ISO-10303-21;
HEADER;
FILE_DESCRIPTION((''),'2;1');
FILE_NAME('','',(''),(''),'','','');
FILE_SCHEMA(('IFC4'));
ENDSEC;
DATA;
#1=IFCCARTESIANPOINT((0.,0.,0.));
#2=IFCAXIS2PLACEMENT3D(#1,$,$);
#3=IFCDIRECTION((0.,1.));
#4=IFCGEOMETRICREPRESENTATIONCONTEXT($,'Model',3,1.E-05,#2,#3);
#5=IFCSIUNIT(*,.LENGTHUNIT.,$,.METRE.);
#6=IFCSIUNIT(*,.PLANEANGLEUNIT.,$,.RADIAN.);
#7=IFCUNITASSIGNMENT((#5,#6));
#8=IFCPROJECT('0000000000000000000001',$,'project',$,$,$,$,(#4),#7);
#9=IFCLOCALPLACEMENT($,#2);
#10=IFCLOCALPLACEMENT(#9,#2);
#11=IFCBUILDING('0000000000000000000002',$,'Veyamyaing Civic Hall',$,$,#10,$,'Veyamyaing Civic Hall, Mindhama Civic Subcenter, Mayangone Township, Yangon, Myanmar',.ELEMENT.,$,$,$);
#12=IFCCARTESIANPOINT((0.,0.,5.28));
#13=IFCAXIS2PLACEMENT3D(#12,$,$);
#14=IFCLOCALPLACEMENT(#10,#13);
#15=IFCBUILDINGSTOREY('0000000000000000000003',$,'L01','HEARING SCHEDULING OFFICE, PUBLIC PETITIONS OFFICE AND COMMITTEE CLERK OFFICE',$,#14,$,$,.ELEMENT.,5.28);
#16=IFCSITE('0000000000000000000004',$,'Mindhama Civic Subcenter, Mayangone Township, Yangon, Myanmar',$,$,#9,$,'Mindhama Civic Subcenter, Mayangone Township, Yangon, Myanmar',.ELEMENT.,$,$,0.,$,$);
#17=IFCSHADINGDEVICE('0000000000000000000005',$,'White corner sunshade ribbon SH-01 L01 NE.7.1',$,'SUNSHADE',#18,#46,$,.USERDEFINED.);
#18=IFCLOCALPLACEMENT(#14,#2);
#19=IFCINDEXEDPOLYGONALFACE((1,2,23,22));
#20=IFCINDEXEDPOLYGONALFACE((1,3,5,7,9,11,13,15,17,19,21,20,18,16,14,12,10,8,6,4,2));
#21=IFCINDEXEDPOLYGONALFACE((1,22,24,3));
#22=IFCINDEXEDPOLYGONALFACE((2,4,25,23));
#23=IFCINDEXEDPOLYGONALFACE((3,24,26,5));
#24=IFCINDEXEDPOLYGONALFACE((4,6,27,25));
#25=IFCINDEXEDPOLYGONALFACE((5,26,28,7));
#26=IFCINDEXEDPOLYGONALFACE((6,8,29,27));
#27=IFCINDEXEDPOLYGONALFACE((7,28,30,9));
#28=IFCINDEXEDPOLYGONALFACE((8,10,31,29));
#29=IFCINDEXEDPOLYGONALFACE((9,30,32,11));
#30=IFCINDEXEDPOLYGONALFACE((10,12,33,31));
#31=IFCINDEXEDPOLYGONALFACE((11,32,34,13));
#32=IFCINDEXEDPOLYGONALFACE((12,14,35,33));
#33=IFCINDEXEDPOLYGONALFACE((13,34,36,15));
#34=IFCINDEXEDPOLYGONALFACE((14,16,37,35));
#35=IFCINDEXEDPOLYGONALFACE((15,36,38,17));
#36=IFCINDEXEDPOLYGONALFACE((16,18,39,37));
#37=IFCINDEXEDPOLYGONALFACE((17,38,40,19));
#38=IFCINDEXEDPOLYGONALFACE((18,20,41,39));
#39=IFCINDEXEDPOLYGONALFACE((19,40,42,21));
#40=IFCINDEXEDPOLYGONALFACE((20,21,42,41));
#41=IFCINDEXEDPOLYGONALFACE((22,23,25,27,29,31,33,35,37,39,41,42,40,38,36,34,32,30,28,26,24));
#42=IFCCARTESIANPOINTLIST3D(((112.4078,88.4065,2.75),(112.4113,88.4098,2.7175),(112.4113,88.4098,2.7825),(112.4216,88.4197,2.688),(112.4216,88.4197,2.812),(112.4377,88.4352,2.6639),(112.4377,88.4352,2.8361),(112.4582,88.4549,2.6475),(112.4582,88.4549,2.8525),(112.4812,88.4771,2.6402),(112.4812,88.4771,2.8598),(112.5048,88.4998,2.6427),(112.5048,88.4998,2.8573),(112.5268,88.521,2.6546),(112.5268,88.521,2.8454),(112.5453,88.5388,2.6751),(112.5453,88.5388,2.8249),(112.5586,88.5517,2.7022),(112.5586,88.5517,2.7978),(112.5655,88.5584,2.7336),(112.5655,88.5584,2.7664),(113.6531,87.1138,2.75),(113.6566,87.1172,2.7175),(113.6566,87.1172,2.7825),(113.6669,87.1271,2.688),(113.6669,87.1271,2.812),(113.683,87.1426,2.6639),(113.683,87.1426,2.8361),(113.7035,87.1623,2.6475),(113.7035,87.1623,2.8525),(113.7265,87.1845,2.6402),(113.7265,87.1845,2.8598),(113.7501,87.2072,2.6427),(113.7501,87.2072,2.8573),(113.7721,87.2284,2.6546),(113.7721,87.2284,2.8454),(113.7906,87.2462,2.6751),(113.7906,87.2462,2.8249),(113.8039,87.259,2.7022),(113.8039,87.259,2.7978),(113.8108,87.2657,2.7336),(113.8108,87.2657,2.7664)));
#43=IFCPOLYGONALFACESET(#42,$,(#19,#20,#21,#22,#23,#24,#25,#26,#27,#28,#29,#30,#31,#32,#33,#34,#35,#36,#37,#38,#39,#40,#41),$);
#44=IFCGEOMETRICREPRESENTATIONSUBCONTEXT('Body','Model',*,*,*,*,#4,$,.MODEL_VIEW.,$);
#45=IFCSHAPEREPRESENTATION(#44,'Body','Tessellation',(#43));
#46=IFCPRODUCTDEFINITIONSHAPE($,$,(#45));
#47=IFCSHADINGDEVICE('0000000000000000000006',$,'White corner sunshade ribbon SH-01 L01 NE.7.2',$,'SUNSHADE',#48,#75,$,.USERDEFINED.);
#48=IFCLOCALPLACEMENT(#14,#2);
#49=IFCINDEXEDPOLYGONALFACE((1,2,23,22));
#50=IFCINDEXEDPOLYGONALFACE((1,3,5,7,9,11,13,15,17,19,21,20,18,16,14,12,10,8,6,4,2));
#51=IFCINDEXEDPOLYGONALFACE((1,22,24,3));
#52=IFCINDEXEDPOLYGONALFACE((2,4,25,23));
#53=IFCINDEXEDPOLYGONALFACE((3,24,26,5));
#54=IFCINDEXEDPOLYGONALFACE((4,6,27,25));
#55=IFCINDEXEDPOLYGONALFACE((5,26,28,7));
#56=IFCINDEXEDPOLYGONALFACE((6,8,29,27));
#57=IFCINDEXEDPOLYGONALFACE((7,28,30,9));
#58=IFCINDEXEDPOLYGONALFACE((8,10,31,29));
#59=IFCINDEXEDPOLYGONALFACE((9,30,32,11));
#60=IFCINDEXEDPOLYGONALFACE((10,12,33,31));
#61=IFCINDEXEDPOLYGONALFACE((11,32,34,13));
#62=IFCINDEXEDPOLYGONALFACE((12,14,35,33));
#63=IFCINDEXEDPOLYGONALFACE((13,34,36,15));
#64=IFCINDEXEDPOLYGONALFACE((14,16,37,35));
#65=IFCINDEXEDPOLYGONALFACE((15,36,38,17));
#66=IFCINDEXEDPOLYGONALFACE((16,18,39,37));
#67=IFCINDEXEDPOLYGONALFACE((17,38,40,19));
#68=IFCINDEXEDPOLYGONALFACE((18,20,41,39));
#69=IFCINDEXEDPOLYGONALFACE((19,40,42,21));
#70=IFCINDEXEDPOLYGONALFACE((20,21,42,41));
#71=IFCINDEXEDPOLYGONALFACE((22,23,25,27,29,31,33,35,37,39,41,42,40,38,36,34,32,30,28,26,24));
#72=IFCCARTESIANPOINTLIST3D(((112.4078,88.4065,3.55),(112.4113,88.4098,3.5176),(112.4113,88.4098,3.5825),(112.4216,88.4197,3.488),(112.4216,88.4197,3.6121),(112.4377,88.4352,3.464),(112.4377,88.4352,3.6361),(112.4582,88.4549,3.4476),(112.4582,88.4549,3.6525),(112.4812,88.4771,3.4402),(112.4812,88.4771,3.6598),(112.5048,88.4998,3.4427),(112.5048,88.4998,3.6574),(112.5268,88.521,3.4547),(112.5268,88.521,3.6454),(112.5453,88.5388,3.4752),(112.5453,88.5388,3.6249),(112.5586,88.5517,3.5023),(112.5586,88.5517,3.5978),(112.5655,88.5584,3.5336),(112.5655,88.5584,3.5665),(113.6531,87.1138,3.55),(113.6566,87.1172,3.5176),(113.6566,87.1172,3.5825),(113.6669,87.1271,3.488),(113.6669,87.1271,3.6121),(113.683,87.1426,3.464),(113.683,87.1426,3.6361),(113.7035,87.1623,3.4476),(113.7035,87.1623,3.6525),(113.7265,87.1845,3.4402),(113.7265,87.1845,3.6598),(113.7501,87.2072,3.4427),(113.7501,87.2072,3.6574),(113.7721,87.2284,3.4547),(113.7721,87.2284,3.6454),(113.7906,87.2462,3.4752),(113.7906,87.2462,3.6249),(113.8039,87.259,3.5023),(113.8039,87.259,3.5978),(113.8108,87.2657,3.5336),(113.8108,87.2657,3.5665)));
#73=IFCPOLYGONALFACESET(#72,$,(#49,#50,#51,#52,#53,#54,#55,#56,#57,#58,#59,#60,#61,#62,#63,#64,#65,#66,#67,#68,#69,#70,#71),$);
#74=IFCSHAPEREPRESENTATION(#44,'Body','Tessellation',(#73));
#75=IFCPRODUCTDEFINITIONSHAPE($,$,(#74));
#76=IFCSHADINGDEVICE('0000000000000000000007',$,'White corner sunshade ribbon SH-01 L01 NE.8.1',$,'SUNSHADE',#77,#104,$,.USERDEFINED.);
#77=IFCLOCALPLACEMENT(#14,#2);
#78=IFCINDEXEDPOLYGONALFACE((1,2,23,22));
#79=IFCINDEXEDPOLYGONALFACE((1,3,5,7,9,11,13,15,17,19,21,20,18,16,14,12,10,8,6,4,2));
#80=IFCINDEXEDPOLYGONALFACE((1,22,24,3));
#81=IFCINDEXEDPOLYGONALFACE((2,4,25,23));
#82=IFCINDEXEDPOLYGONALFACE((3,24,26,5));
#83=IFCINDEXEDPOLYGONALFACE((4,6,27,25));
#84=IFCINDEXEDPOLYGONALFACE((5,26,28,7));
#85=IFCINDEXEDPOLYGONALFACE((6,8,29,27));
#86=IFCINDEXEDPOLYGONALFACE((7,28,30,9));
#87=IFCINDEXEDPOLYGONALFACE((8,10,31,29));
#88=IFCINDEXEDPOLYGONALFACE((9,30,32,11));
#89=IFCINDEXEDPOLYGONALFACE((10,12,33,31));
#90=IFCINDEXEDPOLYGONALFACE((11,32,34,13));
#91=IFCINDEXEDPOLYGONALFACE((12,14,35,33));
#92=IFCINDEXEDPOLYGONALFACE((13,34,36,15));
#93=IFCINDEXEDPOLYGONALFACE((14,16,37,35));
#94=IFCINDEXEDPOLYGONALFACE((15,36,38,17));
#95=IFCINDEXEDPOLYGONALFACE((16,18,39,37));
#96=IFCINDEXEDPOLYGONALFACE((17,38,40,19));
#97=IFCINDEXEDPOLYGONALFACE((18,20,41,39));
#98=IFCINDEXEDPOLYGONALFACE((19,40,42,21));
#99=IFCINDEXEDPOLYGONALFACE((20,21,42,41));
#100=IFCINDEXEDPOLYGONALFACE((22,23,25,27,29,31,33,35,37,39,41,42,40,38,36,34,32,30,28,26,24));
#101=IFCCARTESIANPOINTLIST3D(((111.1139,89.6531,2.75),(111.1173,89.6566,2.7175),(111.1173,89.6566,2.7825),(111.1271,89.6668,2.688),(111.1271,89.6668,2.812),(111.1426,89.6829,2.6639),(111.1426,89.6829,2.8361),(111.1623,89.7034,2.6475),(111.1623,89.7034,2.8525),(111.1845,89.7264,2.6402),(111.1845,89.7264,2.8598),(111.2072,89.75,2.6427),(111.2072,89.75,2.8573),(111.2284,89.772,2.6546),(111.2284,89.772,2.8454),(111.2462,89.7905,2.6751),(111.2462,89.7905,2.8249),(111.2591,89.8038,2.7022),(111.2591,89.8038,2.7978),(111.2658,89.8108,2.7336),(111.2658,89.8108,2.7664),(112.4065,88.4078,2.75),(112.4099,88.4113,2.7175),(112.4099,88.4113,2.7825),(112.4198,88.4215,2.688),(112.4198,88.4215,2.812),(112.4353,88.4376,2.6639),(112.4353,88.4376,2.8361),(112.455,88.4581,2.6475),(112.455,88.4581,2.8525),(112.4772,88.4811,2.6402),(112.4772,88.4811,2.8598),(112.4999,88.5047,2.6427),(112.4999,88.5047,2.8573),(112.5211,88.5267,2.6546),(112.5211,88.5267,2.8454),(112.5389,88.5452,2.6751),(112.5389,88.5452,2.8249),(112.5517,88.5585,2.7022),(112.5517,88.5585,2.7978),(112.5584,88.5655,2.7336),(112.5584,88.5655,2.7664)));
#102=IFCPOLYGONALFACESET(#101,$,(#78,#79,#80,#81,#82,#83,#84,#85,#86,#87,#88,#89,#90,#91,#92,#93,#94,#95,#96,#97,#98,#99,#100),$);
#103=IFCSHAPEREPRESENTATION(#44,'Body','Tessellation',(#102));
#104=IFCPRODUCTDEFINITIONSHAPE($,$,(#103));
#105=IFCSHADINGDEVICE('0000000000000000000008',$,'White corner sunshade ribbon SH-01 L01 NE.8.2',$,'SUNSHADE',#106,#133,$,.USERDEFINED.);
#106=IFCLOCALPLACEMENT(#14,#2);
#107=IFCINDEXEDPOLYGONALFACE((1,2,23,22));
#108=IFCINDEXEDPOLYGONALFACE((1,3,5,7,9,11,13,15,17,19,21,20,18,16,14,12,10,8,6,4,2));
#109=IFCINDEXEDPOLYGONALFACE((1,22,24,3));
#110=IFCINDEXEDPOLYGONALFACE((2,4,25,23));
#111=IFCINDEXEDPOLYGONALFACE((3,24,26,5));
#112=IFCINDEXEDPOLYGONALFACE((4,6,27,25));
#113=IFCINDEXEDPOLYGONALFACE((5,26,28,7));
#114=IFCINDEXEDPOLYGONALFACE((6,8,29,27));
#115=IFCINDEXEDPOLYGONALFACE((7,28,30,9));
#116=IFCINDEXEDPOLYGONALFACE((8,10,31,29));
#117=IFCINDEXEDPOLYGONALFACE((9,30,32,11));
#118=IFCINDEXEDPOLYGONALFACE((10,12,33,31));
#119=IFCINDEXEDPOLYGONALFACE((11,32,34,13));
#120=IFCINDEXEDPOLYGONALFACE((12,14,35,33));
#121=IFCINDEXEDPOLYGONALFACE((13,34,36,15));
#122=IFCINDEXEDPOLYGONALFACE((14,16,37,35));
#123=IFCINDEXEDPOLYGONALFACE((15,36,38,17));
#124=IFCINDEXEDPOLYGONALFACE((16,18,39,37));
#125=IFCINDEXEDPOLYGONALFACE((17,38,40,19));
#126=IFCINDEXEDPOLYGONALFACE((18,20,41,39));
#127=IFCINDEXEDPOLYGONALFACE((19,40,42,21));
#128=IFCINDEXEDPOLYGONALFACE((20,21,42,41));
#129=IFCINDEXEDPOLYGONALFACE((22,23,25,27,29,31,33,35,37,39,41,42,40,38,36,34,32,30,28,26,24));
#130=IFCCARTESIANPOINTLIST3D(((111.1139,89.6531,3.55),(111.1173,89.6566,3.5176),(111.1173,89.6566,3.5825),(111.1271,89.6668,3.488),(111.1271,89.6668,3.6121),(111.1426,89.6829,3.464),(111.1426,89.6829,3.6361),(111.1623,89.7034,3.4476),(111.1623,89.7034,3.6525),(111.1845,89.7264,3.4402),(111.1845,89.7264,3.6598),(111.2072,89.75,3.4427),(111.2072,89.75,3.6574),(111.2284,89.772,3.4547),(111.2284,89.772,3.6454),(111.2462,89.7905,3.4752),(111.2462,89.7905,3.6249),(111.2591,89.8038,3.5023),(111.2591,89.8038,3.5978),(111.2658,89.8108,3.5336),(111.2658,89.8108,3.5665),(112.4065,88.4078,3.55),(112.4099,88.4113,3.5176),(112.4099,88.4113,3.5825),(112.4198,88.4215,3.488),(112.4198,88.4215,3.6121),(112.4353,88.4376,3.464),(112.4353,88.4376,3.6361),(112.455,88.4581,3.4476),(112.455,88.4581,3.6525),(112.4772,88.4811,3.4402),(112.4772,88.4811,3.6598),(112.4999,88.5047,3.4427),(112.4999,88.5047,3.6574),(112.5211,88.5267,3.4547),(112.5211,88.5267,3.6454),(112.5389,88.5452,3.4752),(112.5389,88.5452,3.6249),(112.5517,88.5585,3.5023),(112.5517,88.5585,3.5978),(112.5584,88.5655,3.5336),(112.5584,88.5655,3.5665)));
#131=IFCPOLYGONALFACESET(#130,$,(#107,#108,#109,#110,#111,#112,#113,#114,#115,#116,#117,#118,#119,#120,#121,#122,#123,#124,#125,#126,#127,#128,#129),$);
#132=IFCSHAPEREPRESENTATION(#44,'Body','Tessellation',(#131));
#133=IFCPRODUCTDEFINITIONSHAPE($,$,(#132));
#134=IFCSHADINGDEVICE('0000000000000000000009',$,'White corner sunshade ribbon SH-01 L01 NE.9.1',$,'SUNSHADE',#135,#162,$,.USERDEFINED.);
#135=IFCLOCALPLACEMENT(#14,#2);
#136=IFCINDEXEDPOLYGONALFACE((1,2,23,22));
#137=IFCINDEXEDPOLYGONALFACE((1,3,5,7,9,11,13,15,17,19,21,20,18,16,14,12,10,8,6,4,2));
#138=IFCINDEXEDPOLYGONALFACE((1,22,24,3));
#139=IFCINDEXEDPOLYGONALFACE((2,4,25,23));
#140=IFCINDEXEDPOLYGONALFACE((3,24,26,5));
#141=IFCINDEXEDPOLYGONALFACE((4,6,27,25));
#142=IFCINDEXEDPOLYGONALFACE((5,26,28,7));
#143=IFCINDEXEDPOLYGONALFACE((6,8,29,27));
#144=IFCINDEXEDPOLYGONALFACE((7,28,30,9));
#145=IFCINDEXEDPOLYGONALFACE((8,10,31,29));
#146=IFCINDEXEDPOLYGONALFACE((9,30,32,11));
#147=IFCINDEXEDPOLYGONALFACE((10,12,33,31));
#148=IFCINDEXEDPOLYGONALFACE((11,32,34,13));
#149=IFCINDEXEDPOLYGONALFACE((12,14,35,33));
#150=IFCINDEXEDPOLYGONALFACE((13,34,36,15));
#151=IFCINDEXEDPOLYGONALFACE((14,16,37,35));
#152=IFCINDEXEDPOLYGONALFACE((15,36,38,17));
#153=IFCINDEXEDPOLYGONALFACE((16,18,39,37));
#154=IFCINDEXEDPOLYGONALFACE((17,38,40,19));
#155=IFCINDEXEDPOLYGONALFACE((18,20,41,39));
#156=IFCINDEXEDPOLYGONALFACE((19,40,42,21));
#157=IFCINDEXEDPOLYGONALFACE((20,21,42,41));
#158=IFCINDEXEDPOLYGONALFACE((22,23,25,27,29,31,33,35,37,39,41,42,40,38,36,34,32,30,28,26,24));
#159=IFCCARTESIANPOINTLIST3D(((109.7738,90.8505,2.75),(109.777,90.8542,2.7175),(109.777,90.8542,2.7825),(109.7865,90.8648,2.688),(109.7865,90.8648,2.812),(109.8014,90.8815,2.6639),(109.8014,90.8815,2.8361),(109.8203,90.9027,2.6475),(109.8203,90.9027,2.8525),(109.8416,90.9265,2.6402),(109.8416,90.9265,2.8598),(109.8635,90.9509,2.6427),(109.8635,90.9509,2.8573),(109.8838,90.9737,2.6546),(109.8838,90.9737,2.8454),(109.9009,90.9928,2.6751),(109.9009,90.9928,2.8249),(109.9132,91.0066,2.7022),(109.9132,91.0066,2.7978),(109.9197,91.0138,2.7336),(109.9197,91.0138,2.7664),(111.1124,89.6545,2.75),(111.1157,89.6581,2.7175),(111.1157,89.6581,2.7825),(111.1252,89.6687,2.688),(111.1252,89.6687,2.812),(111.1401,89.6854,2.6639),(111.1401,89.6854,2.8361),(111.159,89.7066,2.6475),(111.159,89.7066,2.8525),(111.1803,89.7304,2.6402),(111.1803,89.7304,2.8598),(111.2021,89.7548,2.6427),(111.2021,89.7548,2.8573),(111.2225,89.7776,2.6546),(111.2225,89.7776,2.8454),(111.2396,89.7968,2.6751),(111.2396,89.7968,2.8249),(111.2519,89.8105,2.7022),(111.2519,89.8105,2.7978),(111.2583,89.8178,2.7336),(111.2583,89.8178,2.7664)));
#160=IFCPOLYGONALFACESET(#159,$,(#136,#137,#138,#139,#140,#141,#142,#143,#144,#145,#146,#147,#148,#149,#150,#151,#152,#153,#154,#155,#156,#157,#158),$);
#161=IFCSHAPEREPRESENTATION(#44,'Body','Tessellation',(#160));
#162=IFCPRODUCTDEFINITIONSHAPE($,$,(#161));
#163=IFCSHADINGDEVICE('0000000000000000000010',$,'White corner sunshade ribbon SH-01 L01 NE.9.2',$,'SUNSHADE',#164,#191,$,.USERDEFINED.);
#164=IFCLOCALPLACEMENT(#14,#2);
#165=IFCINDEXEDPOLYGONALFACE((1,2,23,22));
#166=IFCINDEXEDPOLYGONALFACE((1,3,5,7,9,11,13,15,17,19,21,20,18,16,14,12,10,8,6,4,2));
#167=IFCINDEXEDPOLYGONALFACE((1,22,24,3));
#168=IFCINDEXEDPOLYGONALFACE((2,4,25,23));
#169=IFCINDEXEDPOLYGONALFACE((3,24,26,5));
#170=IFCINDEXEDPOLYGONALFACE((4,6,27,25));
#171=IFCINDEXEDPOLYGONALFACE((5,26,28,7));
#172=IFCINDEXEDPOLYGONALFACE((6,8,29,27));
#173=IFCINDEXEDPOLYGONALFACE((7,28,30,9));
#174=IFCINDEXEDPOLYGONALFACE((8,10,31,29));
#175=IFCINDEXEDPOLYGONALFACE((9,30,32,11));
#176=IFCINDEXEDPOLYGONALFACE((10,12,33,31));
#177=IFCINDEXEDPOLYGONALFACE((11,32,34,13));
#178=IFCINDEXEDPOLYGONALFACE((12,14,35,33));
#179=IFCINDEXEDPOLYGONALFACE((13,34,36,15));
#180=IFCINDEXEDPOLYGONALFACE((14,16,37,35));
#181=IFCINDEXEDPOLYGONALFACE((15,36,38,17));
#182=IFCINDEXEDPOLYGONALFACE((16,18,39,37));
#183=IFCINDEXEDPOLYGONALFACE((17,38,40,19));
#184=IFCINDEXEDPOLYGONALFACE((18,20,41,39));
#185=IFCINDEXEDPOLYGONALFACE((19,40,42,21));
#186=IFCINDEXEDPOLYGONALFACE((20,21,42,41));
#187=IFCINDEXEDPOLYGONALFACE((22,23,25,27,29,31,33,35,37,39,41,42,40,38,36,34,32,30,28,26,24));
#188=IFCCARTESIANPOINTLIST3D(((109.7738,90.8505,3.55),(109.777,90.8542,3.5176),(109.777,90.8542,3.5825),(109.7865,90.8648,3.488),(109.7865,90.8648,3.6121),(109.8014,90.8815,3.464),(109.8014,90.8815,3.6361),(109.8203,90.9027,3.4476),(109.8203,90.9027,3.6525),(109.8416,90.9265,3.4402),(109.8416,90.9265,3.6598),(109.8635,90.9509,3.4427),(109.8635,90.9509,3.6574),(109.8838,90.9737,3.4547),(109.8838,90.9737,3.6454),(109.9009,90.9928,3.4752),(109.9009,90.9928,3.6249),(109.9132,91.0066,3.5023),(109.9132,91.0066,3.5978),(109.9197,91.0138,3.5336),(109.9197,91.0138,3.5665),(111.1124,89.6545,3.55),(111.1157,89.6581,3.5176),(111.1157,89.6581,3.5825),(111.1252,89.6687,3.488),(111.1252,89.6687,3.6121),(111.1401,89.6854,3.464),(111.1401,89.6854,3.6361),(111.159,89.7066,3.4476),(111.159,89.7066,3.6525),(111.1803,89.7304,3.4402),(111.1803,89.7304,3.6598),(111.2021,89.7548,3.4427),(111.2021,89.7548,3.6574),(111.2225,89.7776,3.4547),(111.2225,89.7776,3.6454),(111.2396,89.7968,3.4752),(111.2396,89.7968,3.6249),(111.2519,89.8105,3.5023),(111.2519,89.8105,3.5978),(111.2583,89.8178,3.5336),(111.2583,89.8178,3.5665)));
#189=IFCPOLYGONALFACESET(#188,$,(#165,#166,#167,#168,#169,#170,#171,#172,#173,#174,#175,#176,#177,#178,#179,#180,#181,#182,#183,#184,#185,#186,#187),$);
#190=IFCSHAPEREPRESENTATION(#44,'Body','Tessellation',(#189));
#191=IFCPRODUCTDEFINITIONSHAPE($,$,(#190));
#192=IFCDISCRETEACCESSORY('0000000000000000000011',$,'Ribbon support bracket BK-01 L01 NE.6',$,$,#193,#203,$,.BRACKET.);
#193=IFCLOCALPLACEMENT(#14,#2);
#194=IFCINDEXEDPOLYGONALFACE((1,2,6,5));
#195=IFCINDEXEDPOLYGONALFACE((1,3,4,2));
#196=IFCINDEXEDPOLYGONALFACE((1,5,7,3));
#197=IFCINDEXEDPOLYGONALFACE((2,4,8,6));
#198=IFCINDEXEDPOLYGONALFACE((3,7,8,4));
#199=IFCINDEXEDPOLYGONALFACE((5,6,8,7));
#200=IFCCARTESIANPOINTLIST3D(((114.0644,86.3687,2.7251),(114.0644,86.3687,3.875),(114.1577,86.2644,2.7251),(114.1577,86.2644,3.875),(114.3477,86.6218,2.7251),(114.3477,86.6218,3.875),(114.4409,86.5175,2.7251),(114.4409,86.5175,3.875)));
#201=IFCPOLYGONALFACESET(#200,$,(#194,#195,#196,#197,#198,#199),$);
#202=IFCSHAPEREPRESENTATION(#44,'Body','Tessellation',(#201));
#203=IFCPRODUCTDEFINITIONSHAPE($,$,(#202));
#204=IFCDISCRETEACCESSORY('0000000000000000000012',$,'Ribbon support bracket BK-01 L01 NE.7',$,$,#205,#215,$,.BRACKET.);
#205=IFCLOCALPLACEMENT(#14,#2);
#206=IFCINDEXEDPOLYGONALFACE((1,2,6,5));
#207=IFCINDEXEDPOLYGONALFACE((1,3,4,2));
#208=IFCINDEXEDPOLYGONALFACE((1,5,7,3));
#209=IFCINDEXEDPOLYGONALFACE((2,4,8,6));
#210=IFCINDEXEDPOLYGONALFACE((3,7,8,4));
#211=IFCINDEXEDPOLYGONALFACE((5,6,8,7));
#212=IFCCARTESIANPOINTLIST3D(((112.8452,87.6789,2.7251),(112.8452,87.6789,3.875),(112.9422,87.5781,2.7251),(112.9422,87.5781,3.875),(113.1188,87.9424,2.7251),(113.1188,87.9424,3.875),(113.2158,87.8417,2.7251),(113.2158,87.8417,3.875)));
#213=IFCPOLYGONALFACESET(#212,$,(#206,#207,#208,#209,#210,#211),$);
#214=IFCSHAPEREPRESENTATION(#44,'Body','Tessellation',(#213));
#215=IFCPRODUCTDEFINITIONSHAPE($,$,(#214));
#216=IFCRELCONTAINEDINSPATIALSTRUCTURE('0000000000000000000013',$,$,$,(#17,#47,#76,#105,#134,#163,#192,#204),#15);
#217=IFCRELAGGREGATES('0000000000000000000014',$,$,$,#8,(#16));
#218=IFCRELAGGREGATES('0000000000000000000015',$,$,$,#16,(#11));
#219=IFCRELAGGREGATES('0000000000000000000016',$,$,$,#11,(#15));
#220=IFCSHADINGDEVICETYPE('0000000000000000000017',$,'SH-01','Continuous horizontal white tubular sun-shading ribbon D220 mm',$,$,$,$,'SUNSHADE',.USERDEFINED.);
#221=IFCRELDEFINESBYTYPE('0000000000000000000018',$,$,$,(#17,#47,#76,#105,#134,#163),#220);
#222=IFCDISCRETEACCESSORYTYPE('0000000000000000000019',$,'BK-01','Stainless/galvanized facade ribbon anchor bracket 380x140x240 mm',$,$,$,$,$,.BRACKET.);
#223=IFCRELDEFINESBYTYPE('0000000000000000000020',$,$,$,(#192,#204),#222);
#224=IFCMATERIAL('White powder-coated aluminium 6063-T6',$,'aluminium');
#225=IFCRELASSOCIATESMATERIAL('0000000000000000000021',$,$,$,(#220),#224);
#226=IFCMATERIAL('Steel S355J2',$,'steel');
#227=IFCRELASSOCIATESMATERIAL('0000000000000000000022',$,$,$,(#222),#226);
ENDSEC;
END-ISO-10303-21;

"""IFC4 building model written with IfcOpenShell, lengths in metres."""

from ifc_helpers import new_model, si_unit, direction, frame, origin, origin_2d, place, context, subcontext, project, spatial, rectangle, circle, extrude, material, material_profile, profile_set, type_object, element, save


model = new_model("IFC4")

# Units and contexts
model_context = context("Model", 3, precision=1e-05, world=origin(), true_north=direction((0.0, 1.0)))
body_context = subcontext(model_context, "Body", "Model", "MODEL_VIEW")
ifc_project = project(units=[si_unit("LENGTHUNIT", "METRE"), si_unit("PLANEANGLEUNIT", "RADIAN")], contexts=[model_context])

# Site, building, storey
site_placement = place(None, origin())
site = spatial("IfcSite", under=ifc_project, at=site_placement, Name="Mindhama Civic Subcenter, Mayangone Township, Yangon, Myanmar", LongName="Mindhama Civic Subcenter, Mayangone Township, Yangon, Myanmar", CompositionType="ELEMENT", RefElevation=0.0)
building_placement = place(site_placement, origin())
building = spatial("IfcBuilding", under=site, at=building_placement, Name="Veyamyaing Civic Hall", LongName="Veyamyaing Civic Hall, Mindhama Civic Subcenter, Mayangone Township, Yangon, Myanmar", CompositionType="ELEMENT")
storey_placement = place(building_placement, frame((0.0, 0.0, 5.28)))
storey = spatial("IfcBuildingStorey", under=building, at=storey_placement, Name="L01", Description="HEARING SCHEDULING OFFICE, PUBLIC PETITIONS OFFICE AND COMMITTEE CLERK OFFICE", CompositionType="ELEMENT", Elevation=5.28)

# Shared definitions
ifc_material_1 = material(Name="White powder-coated aluminium 6063-T6", Category="aluminium")

# Shading devices
ifc_material_profile = material_profile(ifc_material_1, circle(Radius=0.1101, at=origin_2d()), Name="SHADE-TUBE-220")
ifc_profile_set = profile_set([ifc_material_profile], Name="White powder-coated aluminium 6063-T6")
shading_device_type = type_object("IfcShadingDeviceType", Name="SH-01", Description="Continuous horizontal white tubular sun-shading ribbon D220 mm", ElementType="SUNSHADE", PredefinedType="USERDEFINED", material=ifc_profile_set)
for number, where, z_axis, x_axis, name in (
    (1, (113.7324, 87.1902, 2.75), (-0.693791, 0.720177, 0.0), (-0.720177, -0.693791, 0.0), "White corner sunshade ribbon SH-01 L01 NE.7.1"),
    (2, (113.7324, 87.1902, 3.55), (-0.693791, 0.720177, 0.0), (-0.720177, -0.693791, 0.0), "White corner sunshade ribbon SH-01 L01 NE.7.2"),
    (3, (112.4829, 88.4871, 2.75), (-0.720177, 0.693791, 0.0), (-0.693791, -0.720177, 0.0), "White corner sunshade ribbon SH-01 L01 NE.8.1"),
    (4, (112.4829, 88.4871, 3.55), (-0.720177, 0.693791, 0.0), (-0.693791, -0.720177, 0.0), "White corner sunshade ribbon SH-01 L01 NE.8.2"),
):
    element("IfcShadingDevice", number, at=place(storey_placement, frame(where, z_axis=z_axis, x_axis=x_axis)), inside=storey, type_object=shading_device_type, Name=name, ObjectType="SUNSHADE", PredefinedType="USERDEFINED", context=body_context, shape_type="SweptSolid", body=[
        extrude(circle(Radius=0.1101, at=origin_2d()), origin(), (0.0, 0.0, 1.0), 1.7949),
    ])
for number, where, z_axis, x_axis, name in (
    (5, (111.1858, 89.7366, 2.75), (-0.745704, 0.666278, 0.0), (-0.666278, -0.745704, 0.0), "White corner sunshade ribbon SH-01 L01 NE.9.1"),
    (6, (111.1858, 89.7366, 3.55), (-0.745704, 0.666278, 0.0), (-0.666278, -0.745704, 0.0), "White corner sunshade ribbon SH-01 L01 NE.9.2"),
):
    element("IfcShadingDevice", number, at=place(storey_placement, frame(where, z_axis=z_axis, x_axis=x_axis)), inside=storey, type_object=shading_device_type, Name=name, ObjectType="SUNSHADE", PredefinedType="USERDEFINED", context=body_context, shape_type="SweptSolid", body=[
        extrude(circle(Radius=0.1101, at=origin_2d()), origin(), (0.0, 0.0, 1.0), 1.7952),
    ])

# Discrete accessories
ifc_material_2 = material(Name="Steel S355J2", Category="steel")
discrete_accessory_type = type_object("IfcDiscreteAccessoryType", Name="BK-01", Description="Stainless/galvanized facade ribbon anchor bracket 380x140x240 mm", PredefinedType="BRACKET", material=ifc_material_2)
for number, where, z_axis, x_axis, name in (
    (7, (114.2527, 86.4431, 2.7251), (0.0, 0.0, 1.0), (0.745642, 0.666347, 0.0), "Ribbon support bracket BK-01 L01 NE.6"),
    (8, (113.0305, 87.7603, 2.7251), (0.0, 0.0, 1.0), (0.720205, 0.693761, 0.0), "Ribbon support bracket BK-01 L01 NE.7"),
):
    element("IfcDiscreteAccessory", number, at=place(storey_placement, frame(where, z_axis=z_axis, x_axis=x_axis)), inside=storey, type_object=discrete_accessory_type, Name=name, PredefinedType="BRACKET", context=body_context, shape_type="SweptSolid", body=[
        extrude(rectangle(XDim=0.3799, YDim=0.1399, at=origin_2d()), origin(), (0.0, 0.0, 1.0), 1.1499),
    ])

save(model, "model.ifc")
